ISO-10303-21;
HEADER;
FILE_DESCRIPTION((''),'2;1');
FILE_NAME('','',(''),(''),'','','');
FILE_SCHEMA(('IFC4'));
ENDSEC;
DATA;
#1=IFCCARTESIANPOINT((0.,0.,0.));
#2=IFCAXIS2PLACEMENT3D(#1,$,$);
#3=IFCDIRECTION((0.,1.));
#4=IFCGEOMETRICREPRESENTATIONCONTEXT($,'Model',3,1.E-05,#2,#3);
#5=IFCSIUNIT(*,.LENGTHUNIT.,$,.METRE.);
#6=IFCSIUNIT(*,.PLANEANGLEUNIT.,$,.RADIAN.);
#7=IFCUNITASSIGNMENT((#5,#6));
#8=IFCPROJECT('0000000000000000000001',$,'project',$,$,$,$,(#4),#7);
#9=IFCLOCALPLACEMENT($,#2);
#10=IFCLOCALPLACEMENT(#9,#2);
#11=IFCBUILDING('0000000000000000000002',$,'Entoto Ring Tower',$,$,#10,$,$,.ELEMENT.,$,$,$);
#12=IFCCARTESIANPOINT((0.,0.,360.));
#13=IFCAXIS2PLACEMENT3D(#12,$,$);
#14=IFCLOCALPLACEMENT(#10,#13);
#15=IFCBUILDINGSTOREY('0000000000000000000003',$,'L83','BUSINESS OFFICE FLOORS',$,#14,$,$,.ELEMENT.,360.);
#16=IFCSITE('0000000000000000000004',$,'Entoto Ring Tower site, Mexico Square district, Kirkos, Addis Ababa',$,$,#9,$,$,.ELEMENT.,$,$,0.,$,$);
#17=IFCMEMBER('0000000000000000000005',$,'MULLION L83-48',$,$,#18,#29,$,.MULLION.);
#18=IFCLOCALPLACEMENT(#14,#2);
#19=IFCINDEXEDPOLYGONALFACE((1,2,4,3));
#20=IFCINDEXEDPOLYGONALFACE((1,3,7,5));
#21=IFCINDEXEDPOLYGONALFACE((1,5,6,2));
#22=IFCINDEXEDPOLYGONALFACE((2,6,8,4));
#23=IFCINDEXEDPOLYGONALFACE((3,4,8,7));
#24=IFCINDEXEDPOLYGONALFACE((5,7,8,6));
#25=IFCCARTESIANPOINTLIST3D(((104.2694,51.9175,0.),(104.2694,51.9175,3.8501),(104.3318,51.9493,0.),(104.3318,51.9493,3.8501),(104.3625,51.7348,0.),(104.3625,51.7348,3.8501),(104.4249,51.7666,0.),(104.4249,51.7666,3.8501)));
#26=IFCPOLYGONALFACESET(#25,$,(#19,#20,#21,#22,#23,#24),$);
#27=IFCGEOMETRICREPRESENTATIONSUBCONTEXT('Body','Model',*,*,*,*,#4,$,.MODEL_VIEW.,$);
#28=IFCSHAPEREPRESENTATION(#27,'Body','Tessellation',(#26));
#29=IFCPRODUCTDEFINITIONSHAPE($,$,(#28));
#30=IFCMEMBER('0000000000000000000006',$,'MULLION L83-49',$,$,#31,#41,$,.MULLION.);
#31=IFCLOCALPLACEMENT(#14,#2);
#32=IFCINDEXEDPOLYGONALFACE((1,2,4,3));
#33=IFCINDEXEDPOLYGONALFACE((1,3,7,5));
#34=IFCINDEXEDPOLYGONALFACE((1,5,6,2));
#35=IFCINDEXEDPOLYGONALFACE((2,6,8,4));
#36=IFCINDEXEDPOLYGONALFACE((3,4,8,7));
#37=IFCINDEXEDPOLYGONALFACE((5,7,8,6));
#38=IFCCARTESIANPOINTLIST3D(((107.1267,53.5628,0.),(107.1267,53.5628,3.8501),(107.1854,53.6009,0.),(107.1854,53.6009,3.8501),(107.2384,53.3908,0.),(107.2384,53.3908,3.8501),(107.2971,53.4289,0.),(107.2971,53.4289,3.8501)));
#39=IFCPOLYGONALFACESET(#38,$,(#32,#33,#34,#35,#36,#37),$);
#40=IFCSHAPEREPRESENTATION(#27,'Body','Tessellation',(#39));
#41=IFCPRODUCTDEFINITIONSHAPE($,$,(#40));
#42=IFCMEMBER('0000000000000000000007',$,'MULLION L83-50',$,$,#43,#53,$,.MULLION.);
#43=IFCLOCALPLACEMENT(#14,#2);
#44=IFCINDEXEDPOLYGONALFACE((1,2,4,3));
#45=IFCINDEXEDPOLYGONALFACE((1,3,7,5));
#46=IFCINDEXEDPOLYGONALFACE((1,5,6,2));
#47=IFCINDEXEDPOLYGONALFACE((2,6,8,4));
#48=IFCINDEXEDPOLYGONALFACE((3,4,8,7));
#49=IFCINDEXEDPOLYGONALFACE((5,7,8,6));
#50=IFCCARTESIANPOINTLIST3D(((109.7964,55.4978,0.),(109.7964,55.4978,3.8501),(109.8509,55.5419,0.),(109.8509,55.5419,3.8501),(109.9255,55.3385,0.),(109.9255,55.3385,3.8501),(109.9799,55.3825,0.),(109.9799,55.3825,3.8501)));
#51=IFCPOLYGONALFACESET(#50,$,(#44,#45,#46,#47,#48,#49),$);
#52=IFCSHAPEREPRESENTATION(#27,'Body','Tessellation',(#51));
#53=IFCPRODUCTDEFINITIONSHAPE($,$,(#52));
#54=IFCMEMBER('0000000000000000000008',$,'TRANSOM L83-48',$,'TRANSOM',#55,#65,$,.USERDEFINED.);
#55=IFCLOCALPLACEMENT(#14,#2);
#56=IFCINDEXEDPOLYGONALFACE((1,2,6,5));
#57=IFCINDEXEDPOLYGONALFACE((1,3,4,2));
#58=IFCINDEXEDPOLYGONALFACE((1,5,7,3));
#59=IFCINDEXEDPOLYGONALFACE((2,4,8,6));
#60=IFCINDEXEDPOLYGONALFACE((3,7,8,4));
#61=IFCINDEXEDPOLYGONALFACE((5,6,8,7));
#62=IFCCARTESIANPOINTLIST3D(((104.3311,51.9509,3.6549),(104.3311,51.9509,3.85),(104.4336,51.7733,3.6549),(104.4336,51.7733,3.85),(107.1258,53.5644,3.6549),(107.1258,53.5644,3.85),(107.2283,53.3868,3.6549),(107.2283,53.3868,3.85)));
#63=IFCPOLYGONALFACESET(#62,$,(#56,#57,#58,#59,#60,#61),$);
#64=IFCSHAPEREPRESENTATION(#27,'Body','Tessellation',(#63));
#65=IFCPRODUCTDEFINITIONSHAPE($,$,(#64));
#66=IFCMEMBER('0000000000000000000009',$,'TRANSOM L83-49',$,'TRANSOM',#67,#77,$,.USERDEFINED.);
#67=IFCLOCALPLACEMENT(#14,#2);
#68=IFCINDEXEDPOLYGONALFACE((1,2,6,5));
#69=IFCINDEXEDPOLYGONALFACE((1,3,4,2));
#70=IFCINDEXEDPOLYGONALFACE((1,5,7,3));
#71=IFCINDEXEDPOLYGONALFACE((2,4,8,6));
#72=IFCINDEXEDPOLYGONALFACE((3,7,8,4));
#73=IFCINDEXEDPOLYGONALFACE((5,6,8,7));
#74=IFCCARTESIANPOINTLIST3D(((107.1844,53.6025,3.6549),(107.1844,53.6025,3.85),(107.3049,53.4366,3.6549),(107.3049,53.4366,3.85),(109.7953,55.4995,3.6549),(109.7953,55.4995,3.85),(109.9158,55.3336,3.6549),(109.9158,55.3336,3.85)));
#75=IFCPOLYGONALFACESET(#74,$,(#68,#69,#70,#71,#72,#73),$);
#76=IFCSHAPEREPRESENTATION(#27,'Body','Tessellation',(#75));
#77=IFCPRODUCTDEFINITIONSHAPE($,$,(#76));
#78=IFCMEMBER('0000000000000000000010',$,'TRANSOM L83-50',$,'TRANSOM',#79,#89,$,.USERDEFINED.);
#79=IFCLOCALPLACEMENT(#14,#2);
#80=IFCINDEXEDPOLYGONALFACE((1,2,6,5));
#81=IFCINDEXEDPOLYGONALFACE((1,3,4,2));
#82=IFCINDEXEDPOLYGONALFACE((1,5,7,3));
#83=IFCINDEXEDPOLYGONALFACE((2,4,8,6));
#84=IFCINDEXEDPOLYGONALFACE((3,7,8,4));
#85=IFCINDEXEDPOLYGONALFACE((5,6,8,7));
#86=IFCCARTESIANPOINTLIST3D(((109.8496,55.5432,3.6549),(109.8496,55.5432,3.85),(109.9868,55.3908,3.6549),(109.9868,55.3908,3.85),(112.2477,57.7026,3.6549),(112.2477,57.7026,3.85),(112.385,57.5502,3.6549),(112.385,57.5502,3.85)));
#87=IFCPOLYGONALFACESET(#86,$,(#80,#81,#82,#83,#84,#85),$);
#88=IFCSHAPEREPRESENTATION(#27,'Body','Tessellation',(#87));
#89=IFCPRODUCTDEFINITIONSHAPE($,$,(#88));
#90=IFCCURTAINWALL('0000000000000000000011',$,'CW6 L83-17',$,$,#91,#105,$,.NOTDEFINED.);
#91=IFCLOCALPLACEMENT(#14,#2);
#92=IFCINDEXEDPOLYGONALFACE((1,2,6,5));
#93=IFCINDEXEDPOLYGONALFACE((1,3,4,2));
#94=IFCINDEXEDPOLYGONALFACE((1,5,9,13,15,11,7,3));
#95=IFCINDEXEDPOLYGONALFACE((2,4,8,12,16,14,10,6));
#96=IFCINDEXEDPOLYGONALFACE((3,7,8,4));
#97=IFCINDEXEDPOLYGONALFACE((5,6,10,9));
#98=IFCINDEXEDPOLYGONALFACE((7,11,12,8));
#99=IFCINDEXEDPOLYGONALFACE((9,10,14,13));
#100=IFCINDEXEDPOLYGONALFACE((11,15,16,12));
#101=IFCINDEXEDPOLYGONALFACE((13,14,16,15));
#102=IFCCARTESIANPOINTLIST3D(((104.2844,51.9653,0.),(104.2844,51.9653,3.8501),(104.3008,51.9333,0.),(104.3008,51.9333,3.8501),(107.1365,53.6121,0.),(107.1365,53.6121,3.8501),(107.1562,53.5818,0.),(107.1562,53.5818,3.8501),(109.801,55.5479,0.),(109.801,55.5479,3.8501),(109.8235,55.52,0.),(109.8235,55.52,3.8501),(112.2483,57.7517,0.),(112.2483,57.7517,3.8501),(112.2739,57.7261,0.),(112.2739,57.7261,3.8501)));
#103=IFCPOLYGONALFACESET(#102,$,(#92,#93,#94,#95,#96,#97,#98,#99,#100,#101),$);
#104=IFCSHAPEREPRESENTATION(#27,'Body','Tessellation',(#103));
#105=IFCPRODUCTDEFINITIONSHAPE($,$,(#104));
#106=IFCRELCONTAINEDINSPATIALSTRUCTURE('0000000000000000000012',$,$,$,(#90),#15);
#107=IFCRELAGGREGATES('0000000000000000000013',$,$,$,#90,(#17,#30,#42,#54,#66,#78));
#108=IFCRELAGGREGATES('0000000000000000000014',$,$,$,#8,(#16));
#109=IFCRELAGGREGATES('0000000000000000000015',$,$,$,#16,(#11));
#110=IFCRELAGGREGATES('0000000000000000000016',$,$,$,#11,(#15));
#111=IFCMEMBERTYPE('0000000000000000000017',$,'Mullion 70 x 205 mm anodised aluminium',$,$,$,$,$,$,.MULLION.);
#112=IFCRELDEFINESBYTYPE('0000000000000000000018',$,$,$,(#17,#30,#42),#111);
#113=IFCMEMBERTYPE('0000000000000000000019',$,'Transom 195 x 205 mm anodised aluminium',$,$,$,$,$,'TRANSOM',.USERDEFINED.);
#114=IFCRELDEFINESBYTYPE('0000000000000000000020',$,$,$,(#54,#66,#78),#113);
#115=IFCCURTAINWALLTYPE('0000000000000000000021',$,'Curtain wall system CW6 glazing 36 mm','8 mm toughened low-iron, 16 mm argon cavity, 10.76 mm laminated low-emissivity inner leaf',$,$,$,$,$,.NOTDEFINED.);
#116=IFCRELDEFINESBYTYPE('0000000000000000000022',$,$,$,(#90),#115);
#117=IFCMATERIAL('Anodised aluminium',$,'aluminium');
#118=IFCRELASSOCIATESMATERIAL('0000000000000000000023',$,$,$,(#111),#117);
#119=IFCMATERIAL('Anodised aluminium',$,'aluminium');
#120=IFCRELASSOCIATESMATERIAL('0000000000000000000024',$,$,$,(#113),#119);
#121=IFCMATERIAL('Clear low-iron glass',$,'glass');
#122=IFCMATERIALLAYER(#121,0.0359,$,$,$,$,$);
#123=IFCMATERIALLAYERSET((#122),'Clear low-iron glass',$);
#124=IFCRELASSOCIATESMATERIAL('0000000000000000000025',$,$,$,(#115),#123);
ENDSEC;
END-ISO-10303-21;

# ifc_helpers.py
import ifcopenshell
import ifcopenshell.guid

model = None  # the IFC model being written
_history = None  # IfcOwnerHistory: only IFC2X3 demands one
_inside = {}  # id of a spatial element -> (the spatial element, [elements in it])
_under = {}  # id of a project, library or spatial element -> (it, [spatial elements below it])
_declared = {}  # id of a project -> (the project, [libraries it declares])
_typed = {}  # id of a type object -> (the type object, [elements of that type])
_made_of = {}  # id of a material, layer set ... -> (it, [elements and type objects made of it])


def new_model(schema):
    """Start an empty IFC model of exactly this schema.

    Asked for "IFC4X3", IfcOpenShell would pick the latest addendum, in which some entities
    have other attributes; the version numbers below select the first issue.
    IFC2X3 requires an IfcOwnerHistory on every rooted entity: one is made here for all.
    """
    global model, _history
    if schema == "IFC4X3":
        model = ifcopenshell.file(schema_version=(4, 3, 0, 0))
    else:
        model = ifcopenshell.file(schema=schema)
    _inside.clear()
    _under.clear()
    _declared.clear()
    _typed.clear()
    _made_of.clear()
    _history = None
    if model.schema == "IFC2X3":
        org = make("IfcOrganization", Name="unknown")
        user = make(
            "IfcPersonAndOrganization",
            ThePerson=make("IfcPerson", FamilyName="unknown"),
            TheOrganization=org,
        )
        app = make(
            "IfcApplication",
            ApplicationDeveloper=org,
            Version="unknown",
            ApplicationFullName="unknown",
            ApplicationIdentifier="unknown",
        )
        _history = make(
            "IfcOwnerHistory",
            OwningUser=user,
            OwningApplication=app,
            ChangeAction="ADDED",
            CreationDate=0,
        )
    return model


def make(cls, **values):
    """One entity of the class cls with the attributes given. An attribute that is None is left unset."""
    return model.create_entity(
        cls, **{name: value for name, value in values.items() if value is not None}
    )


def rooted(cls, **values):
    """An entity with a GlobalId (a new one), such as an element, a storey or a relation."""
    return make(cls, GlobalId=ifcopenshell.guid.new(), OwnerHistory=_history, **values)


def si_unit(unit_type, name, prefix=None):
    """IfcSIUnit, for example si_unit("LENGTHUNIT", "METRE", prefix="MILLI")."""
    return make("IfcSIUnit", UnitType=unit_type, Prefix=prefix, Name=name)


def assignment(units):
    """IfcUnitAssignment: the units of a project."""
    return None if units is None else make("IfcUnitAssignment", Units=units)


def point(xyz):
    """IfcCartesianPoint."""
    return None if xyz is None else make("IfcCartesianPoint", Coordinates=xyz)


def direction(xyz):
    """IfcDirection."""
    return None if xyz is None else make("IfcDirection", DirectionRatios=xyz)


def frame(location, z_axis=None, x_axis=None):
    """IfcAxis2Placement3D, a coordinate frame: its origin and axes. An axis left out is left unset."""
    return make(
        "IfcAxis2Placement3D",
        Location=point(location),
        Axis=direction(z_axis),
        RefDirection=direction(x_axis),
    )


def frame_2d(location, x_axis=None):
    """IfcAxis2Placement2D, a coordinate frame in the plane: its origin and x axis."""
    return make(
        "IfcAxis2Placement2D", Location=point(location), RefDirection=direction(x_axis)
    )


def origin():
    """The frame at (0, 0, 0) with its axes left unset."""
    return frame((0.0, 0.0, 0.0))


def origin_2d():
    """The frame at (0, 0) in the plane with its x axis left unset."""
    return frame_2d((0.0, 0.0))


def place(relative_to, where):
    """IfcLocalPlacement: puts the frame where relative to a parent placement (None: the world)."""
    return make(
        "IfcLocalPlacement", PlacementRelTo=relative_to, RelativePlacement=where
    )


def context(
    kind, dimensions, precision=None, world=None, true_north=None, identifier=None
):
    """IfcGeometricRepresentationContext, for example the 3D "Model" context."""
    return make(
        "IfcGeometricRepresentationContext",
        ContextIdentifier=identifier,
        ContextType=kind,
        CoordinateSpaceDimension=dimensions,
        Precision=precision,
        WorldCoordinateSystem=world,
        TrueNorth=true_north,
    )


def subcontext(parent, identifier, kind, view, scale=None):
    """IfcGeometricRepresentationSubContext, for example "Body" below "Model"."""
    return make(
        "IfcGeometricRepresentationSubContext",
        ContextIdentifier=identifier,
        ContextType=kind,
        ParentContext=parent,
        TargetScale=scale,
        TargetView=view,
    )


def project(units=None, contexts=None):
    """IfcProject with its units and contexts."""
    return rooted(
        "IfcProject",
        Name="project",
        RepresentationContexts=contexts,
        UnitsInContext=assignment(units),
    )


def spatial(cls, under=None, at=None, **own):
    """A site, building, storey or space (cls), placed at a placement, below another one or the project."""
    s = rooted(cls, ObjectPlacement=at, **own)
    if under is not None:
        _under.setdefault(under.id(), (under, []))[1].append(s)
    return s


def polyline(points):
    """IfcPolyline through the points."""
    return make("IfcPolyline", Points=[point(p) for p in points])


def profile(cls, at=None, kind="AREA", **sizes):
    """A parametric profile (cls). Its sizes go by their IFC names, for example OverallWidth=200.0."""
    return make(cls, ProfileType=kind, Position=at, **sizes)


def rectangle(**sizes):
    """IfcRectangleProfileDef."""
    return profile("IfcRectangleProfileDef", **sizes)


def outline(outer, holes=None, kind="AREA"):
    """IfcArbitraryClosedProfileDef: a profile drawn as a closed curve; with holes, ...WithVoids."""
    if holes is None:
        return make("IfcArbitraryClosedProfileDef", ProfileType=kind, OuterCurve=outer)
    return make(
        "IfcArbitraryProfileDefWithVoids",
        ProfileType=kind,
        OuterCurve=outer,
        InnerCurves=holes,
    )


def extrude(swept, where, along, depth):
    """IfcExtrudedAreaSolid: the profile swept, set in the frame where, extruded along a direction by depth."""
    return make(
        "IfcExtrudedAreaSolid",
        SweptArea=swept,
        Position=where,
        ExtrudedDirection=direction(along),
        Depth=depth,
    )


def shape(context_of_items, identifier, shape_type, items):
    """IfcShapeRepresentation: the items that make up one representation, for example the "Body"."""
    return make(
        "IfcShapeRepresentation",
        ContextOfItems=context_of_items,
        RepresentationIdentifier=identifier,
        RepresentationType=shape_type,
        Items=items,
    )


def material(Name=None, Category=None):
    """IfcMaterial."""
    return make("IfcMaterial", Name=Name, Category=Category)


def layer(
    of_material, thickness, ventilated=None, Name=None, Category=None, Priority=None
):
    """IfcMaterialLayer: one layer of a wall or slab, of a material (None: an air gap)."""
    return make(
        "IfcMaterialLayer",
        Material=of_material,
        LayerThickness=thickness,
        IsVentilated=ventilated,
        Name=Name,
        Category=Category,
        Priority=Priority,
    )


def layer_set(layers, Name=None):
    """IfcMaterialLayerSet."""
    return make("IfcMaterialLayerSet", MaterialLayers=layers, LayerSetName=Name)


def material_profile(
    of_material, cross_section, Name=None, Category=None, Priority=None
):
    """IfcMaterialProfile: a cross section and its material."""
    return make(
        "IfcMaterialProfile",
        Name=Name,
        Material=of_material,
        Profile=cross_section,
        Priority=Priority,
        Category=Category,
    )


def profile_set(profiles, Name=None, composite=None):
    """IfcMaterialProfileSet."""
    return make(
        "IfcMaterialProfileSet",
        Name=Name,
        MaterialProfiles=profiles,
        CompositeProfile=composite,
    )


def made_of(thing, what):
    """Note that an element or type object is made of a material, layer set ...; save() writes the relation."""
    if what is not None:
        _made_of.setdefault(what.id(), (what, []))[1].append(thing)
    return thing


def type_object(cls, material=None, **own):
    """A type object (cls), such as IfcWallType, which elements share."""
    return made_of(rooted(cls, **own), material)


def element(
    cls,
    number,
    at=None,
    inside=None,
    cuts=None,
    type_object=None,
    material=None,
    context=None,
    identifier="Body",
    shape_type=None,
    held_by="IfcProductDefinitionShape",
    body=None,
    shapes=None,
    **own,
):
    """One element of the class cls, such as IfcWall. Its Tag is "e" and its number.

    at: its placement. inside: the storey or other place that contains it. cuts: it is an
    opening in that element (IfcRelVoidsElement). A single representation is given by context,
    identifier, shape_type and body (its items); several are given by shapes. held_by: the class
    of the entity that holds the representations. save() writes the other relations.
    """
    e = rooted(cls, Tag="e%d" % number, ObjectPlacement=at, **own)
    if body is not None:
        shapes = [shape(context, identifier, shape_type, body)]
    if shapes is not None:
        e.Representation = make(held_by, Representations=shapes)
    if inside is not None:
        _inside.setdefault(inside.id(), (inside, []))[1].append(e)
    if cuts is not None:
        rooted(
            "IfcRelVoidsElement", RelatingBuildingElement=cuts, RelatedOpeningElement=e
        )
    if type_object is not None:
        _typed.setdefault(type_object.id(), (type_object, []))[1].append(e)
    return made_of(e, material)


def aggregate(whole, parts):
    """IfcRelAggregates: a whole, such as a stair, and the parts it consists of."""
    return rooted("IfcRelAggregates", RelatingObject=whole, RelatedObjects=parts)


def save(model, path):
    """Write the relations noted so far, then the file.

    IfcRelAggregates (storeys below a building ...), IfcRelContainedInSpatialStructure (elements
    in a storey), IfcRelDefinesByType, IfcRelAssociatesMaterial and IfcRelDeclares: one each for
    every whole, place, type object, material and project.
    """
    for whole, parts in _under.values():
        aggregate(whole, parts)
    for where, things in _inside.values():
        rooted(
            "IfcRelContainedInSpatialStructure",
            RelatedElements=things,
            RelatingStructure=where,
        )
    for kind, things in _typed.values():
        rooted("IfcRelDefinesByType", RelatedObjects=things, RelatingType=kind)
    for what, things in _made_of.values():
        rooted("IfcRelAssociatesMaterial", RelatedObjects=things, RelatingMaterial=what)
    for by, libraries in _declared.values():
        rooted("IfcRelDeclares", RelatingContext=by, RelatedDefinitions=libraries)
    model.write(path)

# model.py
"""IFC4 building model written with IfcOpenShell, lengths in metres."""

from ifc_helpers import new_model, si_unit, direction, frame, origin, origin_2d, place, context, subcontext, project, spatial, polyline, rectangle, outline, extrude, material, layer, layer_set, material_profile, profile_set, type_object, element, aggregate, save


model = new_model("IFC4")

# Units and contexts
model_context = context("Model", 3, precision=1e-05, world=origin(), true_north=direction((0.0, 1.0)))
body_context = subcontext(model_context, "Body", "Model", "MODEL_VIEW")
ifc_project = project(units=[si_unit("LENGTHUNIT", "METRE"), si_unit("PLANEANGLEUNIT", "RADIAN")], contexts=[model_context])

# Members
ifc_material_1 = material(Name="Anodised aluminium", Category="aluminium")
ifc_material_profile_1 = material_profile(ifc_material_1, rectangle(XDim=0.0701, YDim=0.2051, at=origin_2d()), Name="Mullion 70 x 205 mm anodised aluminium")
ifc_profile_set_1 = profile_set([ifc_material_profile_1], Name="Anodised aluminium")
member_type_1 = type_object("IfcMemberType", Name="Mullion 70 x 205 mm anodised aluminium", PredefinedType="MULLION", material=ifc_profile_set_1)
site_placement = place(None, origin())
building_placement = place(site_placement, origin())
storey_placement = place(building_placement, frame((0.0, 0.0, 360.0)))
member_1_placement = place(storey_placement, frame((104.3472, 51.842, 0.0), z_axis=(0.0, 0.0, 1.0), x_axis=(0.891007, 0.45399, 0.0)))
member_1 = element("IfcMember", 1, at=member_1_placement, type_object=member_type_1, Name="MULLION L83-48", PredefinedType="MULLION", context=body_context, shape_type="SweptSolid", body=[
    extrude(rectangle(XDim=0.0701, YDim=0.2051, at=origin_2d()), origin(), (0.0, 0.0, 1.0), 3.8501),
])
member_2_placement = place(storey_placement, frame((107.2119, 53.4958, 0.0), z_axis=(0.0, 0.0, 1.0), x_axis=(0.838671, 0.544639, 0.0)))
member_2 = element("IfcMember", 2, at=member_2_placement, type_object=member_type_1, Name="MULLION L83-49", PredefinedType="MULLION", context=body_context, shape_type="SweptSolid", body=[
    extrude(rectangle(XDim=0.0701, YDim=0.2051, at=origin_2d()), origin(), (0.0, 0.0, 1.0), 3.8501),
])
member_3_placement = place(storey_placement, frame((109.8882, 55.4402, 0.0), z_axis=(0.0, 0.0, 1.0), x_axis=(0.777146, 0.62932, 0.0)))
member_3 = element("IfcMember", 3, at=member_3_placement, type_object=member_type_1, Name="MULLION L83-50", PredefinedType="MULLION", context=body_context, shape_type="SweptSolid", body=[
    extrude(rectangle(XDim=0.0701, YDim=0.2051, at=origin_2d()), origin(), (0.0, 0.0, 1.0), 3.8501),
])
ifc_material_2 = material(Name="Anodised aluminium", Category="aluminium")
ifc_material_profile_2 = material_profile(ifc_material_2, rectangle(XDim=0.2051, YDim=0.1951, at=origin_2d()), Name="Transom 195 x 205 mm anodised aluminium")
ifc_profile_set_2 = profile_set([ifc_material_profile_2], Name="Anodised aluminium")
member_type_2 = type_object("IfcMemberType", Name="Transom 195 x 205 mm anodised aluminium", ElementType="TRANSOM", PredefinedType="USERDEFINED", material=ifc_profile_set_2)
member_4_placement = place(storey_placement, frame((104.3823, 51.8621, 3.7524), z_axis=(0.866023, 0.500004, 0.0), x_axis=(-0.500004, 0.866023, 0.0)))
member_4 = element("IfcMember", 4, at=member_4_placement, type_object=member_type_2, Name="TRANSOM L83-48", ObjectType="TRANSOM", PredefinedType="USERDEFINED", context=body_context, shape_type="SweptSolid", body=[
    extrude(rectangle(XDim=0.2051, YDim=0.1951, at=origin_2d()), origin(), (0.0, 0.0, 1.0), 3.2271),
])
member_5_placement = place(storey_placement, frame((107.2446, 53.5195, 3.7524), z_axis=(0.809004, 0.587803, 0.0), x_axis=(-0.587803, 0.809004, 0.0)))
member_5 = element("IfcMember", 5, at=member_5_placement, type_object=member_type_2, Name="TRANSOM L83-49", ObjectType="TRANSOM", PredefinedType="USERDEFINED", context=body_context, shape_type="SweptSolid", body=[
    extrude(rectangle(XDim=0.2051, YDim=0.1951, at=origin_2d()), origin(), (0.0, 0.0, 1.0), 3.2273),
])
member_6_placement = place(storey_placement, frame((109.9182, 55.467, 3.7524), z_axis=(0.743132, 0.669144, 0.0), x_axis=(-0.669144, 0.743132, 0.0)))
member_6 = element("IfcMember", 6, at=member_6_placement, type_object=member_type_2, Name="TRANSOM L83-50", ObjectType="TRANSOM", PredefinedType="USERDEFINED", context=body_context, shape_type="SweptSolid", body=[
    extrude(rectangle(XDim=0.2051, YDim=0.1951, at=origin_2d()), origin(), (0.0, 0.0, 1.0), 3.2271),
])

# Site, building, storey
site = spatial("IfcSite", under=ifc_project, at=site_placement, Name="Entoto Ring Tower site, Mexico Square district, Kirkos, Addis Ababa", CompositionType="ELEMENT", RefElevation=0.0)
building = spatial("IfcBuilding", under=site, at=building_placement, Name="Entoto Ring Tower", CompositionType="ELEMENT")
storey = spatial("IfcBuildingStorey", under=building, at=storey_placement, Name="L83", Description="BUSINESS OFFICE FLOORS", CompositionType="ELEMENT", Elevation=360.0)

# Curtain wall
ifc_material_3 = material(Name="Clear low-iron glass", Category="glass")
ifc_layer_1 = layer(ifc_material_3, 0.0359)
ifc_layer_set_1 = layer_set([ifc_layer_1], Name="Clear low-iron glass")
curtain_wall_type = type_object("IfcCurtainWallType", Name="Curtain wall system CW6 glazing 36 mm", Description="8 mm toughened low-iron, 16 mm argon cavity, 10.76 mm laminated low-emissivity inner leaf", PredefinedType="NOTDEFINED", material=ifc_layer_set_1)
curtain_wall_1_placement = place(storey_placement, origin())
curtain_wall_1 = element("IfcCurtainWall", 7, at=curtain_wall_1_placement, inside=storey, type_object=curtain_wall_type, Name="CW6 L83-17", PredefinedType="NOTDEFINED", context=body_context, shape_type="SweptSolid", body=[
    extrude(outline(polyline([(104.3008, 51.9333), (107.1562, 53.5818), (109.8235, 55.52), (112.2739, 57.7261), (112.2483, 57.7517), (109.801, 55.5479), (107.1365, 53.6121), (104.2844, 51.9653), (104.3008, 51.9333)])), origin(), (0.0, 0.0, 1.0), 3.8501),
])
aggregate(curtain_wall_1, [member_1, member_2, member_3, member_4, member_5, member_6])

save(model, "model.ifc")
